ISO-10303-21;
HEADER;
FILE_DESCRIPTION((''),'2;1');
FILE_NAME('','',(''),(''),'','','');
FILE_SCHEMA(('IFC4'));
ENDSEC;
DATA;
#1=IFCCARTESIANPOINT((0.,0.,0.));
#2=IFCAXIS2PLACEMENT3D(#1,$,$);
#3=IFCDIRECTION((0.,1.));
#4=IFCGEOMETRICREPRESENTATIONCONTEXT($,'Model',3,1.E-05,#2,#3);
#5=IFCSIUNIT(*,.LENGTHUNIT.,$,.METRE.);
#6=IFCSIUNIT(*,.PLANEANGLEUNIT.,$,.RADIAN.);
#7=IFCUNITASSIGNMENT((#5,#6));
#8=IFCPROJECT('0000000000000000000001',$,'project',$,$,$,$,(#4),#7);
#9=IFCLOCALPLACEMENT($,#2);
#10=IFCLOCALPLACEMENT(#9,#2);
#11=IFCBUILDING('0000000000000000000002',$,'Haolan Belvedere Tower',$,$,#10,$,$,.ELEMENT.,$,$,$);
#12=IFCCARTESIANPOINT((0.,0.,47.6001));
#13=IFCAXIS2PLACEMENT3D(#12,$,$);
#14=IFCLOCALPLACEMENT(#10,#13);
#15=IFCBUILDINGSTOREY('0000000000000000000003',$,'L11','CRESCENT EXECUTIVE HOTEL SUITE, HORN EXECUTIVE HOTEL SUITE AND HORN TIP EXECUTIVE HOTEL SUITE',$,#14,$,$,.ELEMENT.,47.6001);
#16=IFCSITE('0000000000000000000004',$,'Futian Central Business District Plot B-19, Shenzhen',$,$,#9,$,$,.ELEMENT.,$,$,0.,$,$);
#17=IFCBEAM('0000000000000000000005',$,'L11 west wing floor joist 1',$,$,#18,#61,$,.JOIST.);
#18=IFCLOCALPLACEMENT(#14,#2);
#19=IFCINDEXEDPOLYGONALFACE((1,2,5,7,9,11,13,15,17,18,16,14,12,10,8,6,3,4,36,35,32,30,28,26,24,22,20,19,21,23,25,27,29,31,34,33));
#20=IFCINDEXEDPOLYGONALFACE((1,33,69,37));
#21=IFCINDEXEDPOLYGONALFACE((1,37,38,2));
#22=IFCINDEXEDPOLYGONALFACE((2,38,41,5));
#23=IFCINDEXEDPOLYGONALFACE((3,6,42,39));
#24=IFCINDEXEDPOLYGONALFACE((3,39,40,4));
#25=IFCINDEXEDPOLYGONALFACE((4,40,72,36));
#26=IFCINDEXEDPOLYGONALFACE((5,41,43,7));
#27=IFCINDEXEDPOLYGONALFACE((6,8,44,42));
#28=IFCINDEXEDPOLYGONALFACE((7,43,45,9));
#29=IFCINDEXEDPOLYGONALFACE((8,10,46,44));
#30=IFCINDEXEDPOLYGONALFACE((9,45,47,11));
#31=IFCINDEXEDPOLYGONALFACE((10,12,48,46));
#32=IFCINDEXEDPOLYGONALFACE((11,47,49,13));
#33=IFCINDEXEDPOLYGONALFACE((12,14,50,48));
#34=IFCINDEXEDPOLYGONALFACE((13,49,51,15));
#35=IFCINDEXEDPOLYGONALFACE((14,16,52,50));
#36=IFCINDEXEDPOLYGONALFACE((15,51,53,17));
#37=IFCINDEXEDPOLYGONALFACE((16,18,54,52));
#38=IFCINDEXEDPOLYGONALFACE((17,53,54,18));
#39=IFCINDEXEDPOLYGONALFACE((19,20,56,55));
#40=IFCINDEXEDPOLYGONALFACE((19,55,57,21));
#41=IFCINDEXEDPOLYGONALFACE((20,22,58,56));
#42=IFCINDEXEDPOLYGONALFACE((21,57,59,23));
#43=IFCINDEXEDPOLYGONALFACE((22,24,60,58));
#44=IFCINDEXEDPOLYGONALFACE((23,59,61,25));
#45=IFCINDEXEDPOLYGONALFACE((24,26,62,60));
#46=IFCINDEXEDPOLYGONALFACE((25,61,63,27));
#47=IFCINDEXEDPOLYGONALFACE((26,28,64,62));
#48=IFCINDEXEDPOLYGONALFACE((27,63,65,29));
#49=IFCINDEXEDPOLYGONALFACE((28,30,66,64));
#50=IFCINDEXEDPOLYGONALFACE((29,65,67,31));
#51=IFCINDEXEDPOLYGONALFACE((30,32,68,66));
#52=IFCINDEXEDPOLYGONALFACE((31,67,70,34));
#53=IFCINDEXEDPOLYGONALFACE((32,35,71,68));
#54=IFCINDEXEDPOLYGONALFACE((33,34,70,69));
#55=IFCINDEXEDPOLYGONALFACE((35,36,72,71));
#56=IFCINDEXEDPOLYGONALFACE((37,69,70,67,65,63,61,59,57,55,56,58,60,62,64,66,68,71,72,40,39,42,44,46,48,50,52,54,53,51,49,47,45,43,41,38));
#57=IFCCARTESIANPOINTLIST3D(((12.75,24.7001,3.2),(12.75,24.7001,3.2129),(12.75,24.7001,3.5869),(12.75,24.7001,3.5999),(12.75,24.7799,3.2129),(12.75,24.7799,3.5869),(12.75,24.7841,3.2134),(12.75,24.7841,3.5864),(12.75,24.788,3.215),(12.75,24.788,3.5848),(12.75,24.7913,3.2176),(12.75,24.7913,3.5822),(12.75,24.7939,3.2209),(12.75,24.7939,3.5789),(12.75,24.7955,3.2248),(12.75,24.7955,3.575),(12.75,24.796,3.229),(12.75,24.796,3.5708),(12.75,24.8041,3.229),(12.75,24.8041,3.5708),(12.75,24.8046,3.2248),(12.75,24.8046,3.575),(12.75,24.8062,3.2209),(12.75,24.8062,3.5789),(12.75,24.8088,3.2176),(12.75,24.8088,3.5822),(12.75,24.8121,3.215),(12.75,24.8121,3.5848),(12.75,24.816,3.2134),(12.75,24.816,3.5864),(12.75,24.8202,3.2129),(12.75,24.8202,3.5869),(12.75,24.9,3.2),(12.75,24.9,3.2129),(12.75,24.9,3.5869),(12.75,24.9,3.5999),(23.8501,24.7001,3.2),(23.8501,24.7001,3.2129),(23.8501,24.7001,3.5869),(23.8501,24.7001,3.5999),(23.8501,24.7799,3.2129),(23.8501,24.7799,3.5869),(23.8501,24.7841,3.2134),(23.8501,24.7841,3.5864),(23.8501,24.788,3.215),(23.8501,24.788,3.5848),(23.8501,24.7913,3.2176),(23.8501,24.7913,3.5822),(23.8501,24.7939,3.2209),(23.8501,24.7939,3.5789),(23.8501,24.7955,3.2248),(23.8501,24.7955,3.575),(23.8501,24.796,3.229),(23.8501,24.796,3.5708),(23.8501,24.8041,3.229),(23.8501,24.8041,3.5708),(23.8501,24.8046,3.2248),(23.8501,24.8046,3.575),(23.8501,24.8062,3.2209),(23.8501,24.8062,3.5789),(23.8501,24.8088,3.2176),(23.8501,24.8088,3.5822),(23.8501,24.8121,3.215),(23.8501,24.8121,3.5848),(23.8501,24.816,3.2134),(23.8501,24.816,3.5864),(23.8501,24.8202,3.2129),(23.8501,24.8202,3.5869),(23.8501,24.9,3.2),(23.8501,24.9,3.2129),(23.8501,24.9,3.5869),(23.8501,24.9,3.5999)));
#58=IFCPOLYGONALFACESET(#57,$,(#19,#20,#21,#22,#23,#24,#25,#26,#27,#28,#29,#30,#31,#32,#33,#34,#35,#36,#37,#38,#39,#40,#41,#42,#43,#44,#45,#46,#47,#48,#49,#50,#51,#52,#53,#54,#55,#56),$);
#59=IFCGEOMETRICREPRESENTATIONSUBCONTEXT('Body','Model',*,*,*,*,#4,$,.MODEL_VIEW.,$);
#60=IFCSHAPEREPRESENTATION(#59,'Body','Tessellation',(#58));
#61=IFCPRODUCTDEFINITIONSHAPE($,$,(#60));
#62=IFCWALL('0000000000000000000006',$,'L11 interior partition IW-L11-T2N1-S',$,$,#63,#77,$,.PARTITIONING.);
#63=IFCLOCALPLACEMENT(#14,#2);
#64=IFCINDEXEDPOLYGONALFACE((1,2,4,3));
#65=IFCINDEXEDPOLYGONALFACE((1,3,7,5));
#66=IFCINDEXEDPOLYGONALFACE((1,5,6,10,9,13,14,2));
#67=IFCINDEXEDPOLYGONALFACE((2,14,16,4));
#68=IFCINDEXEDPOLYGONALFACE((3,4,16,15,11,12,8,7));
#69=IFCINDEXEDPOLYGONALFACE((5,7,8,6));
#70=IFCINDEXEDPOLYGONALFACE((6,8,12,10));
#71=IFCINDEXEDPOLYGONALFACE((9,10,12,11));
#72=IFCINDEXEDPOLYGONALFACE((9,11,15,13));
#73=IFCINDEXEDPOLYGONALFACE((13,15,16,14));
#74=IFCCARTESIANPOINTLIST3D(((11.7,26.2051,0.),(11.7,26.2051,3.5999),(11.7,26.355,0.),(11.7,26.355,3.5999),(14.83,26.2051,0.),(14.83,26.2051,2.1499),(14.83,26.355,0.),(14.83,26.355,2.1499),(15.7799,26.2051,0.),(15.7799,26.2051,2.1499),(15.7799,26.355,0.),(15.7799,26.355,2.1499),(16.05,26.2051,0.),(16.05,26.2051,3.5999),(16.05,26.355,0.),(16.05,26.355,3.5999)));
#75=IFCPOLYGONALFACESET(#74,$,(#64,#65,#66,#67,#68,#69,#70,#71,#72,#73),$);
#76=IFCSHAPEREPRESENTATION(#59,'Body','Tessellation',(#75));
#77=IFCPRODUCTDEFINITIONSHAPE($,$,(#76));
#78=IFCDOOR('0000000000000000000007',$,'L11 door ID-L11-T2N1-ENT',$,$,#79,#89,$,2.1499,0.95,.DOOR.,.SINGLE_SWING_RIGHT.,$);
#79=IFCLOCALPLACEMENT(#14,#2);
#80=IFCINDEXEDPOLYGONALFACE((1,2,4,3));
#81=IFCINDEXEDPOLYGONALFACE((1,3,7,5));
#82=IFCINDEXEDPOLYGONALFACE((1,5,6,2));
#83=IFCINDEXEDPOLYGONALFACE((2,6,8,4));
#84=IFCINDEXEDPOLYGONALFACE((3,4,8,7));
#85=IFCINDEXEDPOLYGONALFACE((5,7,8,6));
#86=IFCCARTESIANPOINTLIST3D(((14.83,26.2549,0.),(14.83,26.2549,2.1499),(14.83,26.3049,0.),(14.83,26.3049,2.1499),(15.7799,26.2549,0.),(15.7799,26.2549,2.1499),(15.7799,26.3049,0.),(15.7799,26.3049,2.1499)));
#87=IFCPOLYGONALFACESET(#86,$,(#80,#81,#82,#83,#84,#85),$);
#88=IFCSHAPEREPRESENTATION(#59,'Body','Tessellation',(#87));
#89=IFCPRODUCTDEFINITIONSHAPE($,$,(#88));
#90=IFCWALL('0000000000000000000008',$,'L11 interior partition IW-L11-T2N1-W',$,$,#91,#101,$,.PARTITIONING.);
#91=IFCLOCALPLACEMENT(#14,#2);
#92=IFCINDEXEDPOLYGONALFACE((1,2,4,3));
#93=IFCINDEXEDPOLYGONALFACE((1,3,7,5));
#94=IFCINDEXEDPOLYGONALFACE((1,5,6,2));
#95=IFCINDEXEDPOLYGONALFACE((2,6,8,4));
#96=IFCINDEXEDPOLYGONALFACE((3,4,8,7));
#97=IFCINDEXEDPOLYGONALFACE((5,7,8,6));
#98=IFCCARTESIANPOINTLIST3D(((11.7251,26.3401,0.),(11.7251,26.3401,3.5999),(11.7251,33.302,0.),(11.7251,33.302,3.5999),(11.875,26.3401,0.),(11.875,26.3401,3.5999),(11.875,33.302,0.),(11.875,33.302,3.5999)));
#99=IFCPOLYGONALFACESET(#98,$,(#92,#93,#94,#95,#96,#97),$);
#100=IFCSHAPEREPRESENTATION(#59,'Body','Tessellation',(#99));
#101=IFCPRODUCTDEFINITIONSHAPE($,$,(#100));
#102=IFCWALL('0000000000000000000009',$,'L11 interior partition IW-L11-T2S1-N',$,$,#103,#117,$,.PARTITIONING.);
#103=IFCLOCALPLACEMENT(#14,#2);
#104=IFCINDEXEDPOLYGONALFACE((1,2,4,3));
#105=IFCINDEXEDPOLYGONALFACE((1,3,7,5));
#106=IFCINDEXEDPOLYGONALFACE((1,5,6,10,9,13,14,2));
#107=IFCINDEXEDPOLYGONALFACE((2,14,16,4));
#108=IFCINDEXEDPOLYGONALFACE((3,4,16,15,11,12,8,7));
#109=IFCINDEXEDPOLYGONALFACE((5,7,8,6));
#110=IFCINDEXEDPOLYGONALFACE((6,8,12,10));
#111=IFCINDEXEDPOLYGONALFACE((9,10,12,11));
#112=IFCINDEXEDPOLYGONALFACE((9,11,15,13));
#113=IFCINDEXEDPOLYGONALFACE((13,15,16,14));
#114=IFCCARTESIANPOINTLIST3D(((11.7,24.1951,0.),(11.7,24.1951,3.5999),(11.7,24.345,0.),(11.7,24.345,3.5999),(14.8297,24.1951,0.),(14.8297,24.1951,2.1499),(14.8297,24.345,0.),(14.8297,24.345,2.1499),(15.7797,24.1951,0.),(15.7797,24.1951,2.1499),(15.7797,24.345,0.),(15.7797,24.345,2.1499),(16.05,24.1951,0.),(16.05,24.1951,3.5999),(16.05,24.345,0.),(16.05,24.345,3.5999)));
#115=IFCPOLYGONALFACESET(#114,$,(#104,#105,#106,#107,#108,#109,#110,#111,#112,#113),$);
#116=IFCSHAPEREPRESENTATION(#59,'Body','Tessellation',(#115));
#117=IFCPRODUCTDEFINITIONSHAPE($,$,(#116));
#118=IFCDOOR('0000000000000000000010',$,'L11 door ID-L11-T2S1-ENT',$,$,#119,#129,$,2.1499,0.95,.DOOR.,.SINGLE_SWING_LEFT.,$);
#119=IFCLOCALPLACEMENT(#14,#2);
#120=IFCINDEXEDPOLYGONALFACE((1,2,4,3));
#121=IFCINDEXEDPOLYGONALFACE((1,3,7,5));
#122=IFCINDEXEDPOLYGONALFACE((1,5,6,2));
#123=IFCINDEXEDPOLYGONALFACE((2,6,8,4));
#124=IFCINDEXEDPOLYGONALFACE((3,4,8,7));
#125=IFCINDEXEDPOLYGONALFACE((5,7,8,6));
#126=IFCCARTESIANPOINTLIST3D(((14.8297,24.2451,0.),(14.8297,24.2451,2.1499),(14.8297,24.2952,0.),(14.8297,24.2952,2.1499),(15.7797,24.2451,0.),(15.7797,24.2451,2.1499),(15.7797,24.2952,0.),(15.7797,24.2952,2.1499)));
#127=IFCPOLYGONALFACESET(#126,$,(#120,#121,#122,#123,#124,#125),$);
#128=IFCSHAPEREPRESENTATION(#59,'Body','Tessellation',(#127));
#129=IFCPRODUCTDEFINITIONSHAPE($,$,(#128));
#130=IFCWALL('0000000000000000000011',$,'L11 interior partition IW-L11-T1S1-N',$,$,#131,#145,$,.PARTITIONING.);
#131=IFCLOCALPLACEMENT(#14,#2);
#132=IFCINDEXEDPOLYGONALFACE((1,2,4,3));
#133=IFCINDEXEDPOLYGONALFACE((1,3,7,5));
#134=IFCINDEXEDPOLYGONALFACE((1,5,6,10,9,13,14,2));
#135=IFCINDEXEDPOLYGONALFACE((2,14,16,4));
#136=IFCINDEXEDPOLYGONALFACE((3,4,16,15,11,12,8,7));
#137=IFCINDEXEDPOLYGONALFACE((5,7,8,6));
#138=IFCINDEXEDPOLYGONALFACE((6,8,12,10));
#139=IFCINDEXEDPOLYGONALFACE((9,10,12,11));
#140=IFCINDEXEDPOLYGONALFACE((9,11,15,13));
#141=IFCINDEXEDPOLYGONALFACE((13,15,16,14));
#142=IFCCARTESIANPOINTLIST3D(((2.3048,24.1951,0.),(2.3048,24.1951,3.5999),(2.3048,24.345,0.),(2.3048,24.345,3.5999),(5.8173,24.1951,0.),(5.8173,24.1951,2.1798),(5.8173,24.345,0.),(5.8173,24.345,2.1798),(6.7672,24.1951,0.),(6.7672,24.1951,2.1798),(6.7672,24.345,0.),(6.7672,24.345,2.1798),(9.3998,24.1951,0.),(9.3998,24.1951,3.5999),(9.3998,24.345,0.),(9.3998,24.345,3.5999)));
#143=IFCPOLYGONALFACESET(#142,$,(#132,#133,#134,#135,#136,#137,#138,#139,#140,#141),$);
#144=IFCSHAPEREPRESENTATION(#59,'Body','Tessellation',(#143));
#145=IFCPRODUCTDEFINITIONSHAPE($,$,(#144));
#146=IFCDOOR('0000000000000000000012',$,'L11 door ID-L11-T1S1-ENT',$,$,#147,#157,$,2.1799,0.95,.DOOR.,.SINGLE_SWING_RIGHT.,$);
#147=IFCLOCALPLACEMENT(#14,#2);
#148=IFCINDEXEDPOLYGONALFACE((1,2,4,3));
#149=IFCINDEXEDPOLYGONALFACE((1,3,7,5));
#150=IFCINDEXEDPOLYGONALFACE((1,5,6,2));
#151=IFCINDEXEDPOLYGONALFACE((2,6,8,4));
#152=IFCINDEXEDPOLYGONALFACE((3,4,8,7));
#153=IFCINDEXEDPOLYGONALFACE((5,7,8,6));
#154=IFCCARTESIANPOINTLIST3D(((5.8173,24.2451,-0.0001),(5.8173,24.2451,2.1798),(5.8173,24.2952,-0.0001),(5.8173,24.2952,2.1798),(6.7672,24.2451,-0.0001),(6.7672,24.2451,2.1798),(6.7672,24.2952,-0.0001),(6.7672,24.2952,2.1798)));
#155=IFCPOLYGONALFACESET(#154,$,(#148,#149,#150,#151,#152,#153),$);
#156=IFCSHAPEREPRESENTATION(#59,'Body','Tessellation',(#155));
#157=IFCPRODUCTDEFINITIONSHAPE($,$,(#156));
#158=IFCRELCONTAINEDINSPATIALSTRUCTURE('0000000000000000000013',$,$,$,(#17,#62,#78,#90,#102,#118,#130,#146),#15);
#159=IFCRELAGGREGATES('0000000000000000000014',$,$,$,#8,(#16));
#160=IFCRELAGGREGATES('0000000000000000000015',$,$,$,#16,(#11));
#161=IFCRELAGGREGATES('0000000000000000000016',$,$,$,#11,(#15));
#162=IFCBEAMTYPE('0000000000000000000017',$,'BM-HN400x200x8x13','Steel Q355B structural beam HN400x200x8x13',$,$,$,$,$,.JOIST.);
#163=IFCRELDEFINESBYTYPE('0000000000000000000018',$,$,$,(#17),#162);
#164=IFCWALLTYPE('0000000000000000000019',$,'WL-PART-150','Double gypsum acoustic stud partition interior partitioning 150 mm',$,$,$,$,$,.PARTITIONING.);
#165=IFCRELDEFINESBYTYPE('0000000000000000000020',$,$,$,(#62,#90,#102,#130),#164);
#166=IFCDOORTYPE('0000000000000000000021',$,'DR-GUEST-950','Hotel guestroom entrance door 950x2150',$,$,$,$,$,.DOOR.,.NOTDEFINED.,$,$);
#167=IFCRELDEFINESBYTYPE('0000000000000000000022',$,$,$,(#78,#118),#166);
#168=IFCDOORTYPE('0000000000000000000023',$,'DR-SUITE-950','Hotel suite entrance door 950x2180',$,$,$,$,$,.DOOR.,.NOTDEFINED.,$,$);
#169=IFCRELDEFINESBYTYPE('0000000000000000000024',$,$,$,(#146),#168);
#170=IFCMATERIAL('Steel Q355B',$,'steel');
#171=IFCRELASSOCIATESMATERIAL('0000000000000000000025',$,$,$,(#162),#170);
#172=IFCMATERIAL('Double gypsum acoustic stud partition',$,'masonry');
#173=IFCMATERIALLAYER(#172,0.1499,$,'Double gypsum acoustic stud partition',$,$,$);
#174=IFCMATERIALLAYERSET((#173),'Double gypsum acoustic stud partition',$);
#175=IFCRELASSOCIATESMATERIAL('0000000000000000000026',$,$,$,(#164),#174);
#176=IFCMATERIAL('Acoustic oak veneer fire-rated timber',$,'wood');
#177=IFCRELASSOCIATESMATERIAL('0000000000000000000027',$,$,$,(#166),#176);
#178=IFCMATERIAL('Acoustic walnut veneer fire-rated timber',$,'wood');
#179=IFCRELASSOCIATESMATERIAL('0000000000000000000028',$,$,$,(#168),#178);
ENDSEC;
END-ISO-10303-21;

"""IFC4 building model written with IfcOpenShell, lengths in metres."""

from ifc_helpers import new_model, si_unit, direction, frame, frame_2d, origin, origin_2d, place, context, subcontext, project, spatial, rectangle, i_section, extrude, material, layer, layer_set, material_profile, profile_set, type_object, element, fill, save


model = new_model("IFC4")

# Units and contexts
model_context = context("Model", 3, precision=1e-05, world=origin(), true_north=direction((0.0, 1.0)))
body_context = subcontext(model_context, "Body", "Model", "MODEL_VIEW")
ifc_project = project(units=[si_unit("LENGTHUNIT", "METRE"), si_unit("PLANEANGLEUNIT", "RADIAN")], contexts=[model_context])

# Site, building, storey
site_placement = place(None, origin())
site = spatial("IfcSite", under=ifc_project, at=site_placement, Name="Futian Central Business District Plot B-19, Shenzhen", CompositionType="ELEMENT", RefElevation=0.0)
building_placement = place(site_placement, origin())
building = spatial("IfcBuilding", under=site, at=building_placement, Name="Haolan Belvedere Tower", CompositionType="ELEMENT")
storey_placement = place(building_placement, frame((0.0, 0.0, 47.6001)))
storey = spatial("IfcBuildingStorey", under=building, at=storey_placement, Name="L11", Description="CRESCENT EXECUTIVE HOTEL SUITE, HORN EXECUTIVE HOTEL SUITE AND HORN TIP EXECUTIVE HOTEL SUITE", CompositionType="ELEMENT", Elevation=47.6001)

# Shared definitions
ifc_material_1 = material(Name="Steel Q355B", Category="steel")

# Beam
ifc_material_profile_1 = material_profile(ifc_material_1, i_section(OverallWidth=0.2, OverallDepth=0.3999, WebThickness=0.0081, FlangeThickness=0.0129, FilletRadius=0.0161, at=origin_2d()), Name="Steel Q355B")
ifc_profile_set_1 = profile_set([ifc_material_profile_1], Name="Steel Q355B")
beam_type_1 = type_object("IfcBeamType", Name="BM-HN400x200x8x13", Description="Steel Q355B structural beam HN400x200x8x13", PredefinedType="JOIST", material=ifc_profile_set_1)
beam_1_placement = place(storey_placement, frame((12.75, 24.8, 3.3999), z_axis=(1.0, 0.0, 0.0), x_axis=(0.0, 1.0, 0.0)))
element("IfcBeam", 1, at=beam_1_placement, inside=storey, type_object=beam_type_1, Name="L11 west wing floor joist 1", PredefinedType="JOIST", context=body_context, shape_type="SweptSolid", body=[
    extrude(i_section(OverallWidth=0.2, OverallDepth=0.3999, WebThickness=0.0081, FlangeThickness=0.0129, FilletRadius=0.0161, at=origin_2d()), origin(), (0.0, 0.0, 1.0), 11.1001),
])

# Wall, opening, door
ifc_material_2 = material(Name="Double gypsum acoustic stud partition", Category="masonry")
ifc_layer_1 = layer(ifc_material_2, 0.1499, Name="Double gypsum acoustic stud partition")
ifc_layer_set_1 = layer_set([ifc_layer_1], Name="Double gypsum acoustic stud partition")
wall_type_1 = type_object("IfcWallType", Name="WL-PART-150", Description="Double gypsum acoustic stud partition interior partitioning 150 mm", PredefinedType="PARTITIONING", material=ifc_layer_set_1)
wall_1_placement = place(storey_placement, frame((11.7, 26.28, 0.0), z_axis=(0.0, 0.0, 1.0), x_axis=(1.0, 0.0, 0.0)))
wall_1 = element("IfcWall", 2, at=wall_1_placement, inside=storey, type_object=wall_type_1, Name="L11 interior partition IW-L11-T2N1-S", PredefinedType="PARTITIONING", context=body_context, shape_type="SweptSolid", body=[
    extrude(rectangle(XDim=4.3501, YDim=0.1499, at=frame_2d((2.175, 0.0))), origin(), (0.0, 0.0, 1.0), 3.5999),
])
opening_1_placement = place(wall_1_placement, frame((3.1299, 0.0, 0.0)))
opening_1 = element("IfcOpeningElement", 3, at=opening_1_placement, cuts=wall_1, PredefinedType="OPENING", context=body_context, shape_type="SweptSolid", body=[
    extrude(rectangle(XDim=0.95, YDim=2.1499, at=frame_2d((0.4751, 1.075))), frame((0.0, 0.085, 0.0), z_axis=(0.0, -1.0, 0.0), x_axis=(1.0, 0.0, 0.0)), (0.0, 0.0, 1.0), 0.1699),
])
ifc_material_3 = material(Name="Acoustic oak veneer fire-rated timber", Category="wood")
door_type_1 = type_object("IfcDoorType", Name="DR-GUEST-950", Description="Hotel guestroom entrance door 950x2150", OperationType="NOTDEFINED", PredefinedType="DOOR", material=ifc_material_3)
door_1_placement = place(opening_1_placement, origin())
door_1 = element("IfcDoor", 4, at=door_1_placement, inside=storey, type_object=door_type_1, Name="L11 door ID-L11-T2N1-ENT", OperationType="SINGLE_SWING_RIGHT", OverallHeight=2.1499, OverallWidth=0.95, PredefinedType="DOOR", context=body_context, shape_type="SweptSolid", body=[
    extrude(rectangle(XDim=0.95, YDim=2.1499, at=frame_2d((0.4751, 1.075))), frame((0.0, 0.0249, 0.0), z_axis=(0.0, -1.0, 0.0), x_axis=(1.0, 0.0, 0.0)), (0.0, 0.0, 1.0), 0.05),
])
fill(opening_1, door_1)

# Wall
wall_2_placement = place(storey_placement, frame((11.8, 26.3401, 0.0), z_axis=(0.0, 0.0, 1.0), x_axis=(0.0, 1.0, 0.0)))
element("IfcWall", 5, at=wall_2_placement, inside=storey, type_object=wall_type_1, Name="L11 interior partition IW-L11-T2N1-W", PredefinedType="PARTITIONING", context=body_context, shape_type="SweptSolid", body=[
    extrude(rectangle(XDim=6.9619, YDim=0.1499, at=frame_2d((3.481, 0.0))), origin(), (0.0, 0.0, 1.0), 3.5999),
])

# Walls, openings, doors
wall_3_placement = place(storey_placement, frame((11.7, 24.27, 0.0), z_axis=(0.0, 0.0, 1.0), x_axis=(1.0, 0.0, 0.0)))
wall_3 = element("IfcWall", 6, at=wall_3_placement, inside=storey, type_object=wall_type_1, Name="L11 interior partition IW-L11-T2S1-N", PredefinedType="PARTITIONING", context=body_context, shape_type="SweptSolid", body=[
    extrude(rectangle(XDim=4.3501, YDim=0.1499, at=frame_2d((2.175, 0.0))), origin(), (0.0, 0.0, 1.0), 3.5999),
])
opening_2_placement = place(wall_3_placement, frame((4.0798, 0.0, 0.0), z_axis=(0.0, 0.0, 1.0), x_axis=(-1.0, 0.0, 0.0)))
opening_2 = element("IfcOpeningElement", 7, at=opening_2_placement, cuts=wall_3, PredefinedType="OPENING", context=body_context, shape_type="SweptSolid", body=[
    extrude(rectangle(XDim=0.95, YDim=2.1499, at=frame_2d((0.4751, 1.075))), frame((0.0, 0.085, 0.0), z_axis=(0.0, -1.0, 0.0), x_axis=(1.0, 0.0, 0.0)), (0.0, 0.0, 1.0), 0.1699),
])
door_2_placement = place(opening_2_placement, origin())
door_2 = element("IfcDoor", 8, at=door_2_placement, inside=storey, type_object=door_type_1, Name="L11 door ID-L11-T2S1-ENT", OperationType="SINGLE_SWING_LEFT", OverallHeight=2.1499, OverallWidth=0.95, PredefinedType="DOOR", context=body_context, shape_type="SweptSolid", body=[
    extrude(rectangle(XDim=0.95, YDim=2.1499, at=frame_2d((0.4751, 1.075))), frame((0.0, 0.0249, 0.0), z_axis=(0.0, -1.0, 0.0), x_axis=(1.0, 0.0, 0.0)), (0.0, 0.0, 1.0), 0.05),
])
fill(opening_2, door_2)
wall_4_placement = place(storey_placement, frame((2.3049, 24.27, 0.0), z_axis=(0.0, 0.0, 1.0), x_axis=(1.0, 0.0, 0.0)))
wall_4 = element("IfcWall", 9, at=wall_4_placement, inside=storey, type_object=wall_type_1, Name="L11 interior partition IW-L11-T1S1-N", PredefinedType="PARTITIONING", context=body_context, shape_type="SweptSolid", body=[
    extrude(rectangle(XDim=7.095, YDim=0.1499, at=frame_2d((3.5474, 0.0))), origin(), (0.0, 0.0, 1.0), 3.5999),
])
opening_3_placement = place(wall_4_placement, frame((4.4624, 0.0, 0.0), z_axis=(0.0, 0.0, 1.0), x_axis=(-1.0, 0.0, 0.0)))
opening_3 = element("IfcOpeningElement", 10, at=opening_3_placement, cuts=wall_4, PredefinedType="OPENING", context=body_context, shape_type="SweptSolid", body=[
    extrude(rectangle(XDim=0.95, YDim=2.1799, at=frame_2d((0.4751, 1.0898))), frame((0.0, 0.085, 0.0), z_axis=(0.0, -1.0, 0.0), x_axis=(1.0, 0.0, 0.0)), (0.0, 0.0, 1.0), 0.1699),
])
ifc_material_4 = material(Name="Acoustic walnut veneer fire-rated timber", Category="wood")
door_type_2 = type_object("IfcDoorType", Name="DR-SUITE-950", Description="Hotel suite entrance door 950x2180", OperationType="NOTDEFINED", PredefinedType="DOOR", material=ifc_material_4)
door_3_placement = place(opening_3_placement, origin())
door_3 = element("IfcDoor", 11, at=door_3_placement, inside=storey, type_object=door_type_2, Name="L11 door ID-L11-T1S1-ENT", OperationType="SINGLE_SWING_RIGHT", OverallHeight=2.1799, OverallWidth=0.95, PredefinedType="DOOR", context=body_context, shape_type="SweptSolid", body=[
    extrude(rectangle(XDim=0.95, YDim=2.1799, at=frame_2d((0.4751, 1.0898))), frame((0.0, 0.0249, 0.0), z_axis=(0.0, -1.0, 0.0), x_axis=(1.0, 0.0, 0.0)), (0.0, 0.0, 1.0), 0.05),
])
fill(opening_3, door_3)

save(model, "model.ifc")
